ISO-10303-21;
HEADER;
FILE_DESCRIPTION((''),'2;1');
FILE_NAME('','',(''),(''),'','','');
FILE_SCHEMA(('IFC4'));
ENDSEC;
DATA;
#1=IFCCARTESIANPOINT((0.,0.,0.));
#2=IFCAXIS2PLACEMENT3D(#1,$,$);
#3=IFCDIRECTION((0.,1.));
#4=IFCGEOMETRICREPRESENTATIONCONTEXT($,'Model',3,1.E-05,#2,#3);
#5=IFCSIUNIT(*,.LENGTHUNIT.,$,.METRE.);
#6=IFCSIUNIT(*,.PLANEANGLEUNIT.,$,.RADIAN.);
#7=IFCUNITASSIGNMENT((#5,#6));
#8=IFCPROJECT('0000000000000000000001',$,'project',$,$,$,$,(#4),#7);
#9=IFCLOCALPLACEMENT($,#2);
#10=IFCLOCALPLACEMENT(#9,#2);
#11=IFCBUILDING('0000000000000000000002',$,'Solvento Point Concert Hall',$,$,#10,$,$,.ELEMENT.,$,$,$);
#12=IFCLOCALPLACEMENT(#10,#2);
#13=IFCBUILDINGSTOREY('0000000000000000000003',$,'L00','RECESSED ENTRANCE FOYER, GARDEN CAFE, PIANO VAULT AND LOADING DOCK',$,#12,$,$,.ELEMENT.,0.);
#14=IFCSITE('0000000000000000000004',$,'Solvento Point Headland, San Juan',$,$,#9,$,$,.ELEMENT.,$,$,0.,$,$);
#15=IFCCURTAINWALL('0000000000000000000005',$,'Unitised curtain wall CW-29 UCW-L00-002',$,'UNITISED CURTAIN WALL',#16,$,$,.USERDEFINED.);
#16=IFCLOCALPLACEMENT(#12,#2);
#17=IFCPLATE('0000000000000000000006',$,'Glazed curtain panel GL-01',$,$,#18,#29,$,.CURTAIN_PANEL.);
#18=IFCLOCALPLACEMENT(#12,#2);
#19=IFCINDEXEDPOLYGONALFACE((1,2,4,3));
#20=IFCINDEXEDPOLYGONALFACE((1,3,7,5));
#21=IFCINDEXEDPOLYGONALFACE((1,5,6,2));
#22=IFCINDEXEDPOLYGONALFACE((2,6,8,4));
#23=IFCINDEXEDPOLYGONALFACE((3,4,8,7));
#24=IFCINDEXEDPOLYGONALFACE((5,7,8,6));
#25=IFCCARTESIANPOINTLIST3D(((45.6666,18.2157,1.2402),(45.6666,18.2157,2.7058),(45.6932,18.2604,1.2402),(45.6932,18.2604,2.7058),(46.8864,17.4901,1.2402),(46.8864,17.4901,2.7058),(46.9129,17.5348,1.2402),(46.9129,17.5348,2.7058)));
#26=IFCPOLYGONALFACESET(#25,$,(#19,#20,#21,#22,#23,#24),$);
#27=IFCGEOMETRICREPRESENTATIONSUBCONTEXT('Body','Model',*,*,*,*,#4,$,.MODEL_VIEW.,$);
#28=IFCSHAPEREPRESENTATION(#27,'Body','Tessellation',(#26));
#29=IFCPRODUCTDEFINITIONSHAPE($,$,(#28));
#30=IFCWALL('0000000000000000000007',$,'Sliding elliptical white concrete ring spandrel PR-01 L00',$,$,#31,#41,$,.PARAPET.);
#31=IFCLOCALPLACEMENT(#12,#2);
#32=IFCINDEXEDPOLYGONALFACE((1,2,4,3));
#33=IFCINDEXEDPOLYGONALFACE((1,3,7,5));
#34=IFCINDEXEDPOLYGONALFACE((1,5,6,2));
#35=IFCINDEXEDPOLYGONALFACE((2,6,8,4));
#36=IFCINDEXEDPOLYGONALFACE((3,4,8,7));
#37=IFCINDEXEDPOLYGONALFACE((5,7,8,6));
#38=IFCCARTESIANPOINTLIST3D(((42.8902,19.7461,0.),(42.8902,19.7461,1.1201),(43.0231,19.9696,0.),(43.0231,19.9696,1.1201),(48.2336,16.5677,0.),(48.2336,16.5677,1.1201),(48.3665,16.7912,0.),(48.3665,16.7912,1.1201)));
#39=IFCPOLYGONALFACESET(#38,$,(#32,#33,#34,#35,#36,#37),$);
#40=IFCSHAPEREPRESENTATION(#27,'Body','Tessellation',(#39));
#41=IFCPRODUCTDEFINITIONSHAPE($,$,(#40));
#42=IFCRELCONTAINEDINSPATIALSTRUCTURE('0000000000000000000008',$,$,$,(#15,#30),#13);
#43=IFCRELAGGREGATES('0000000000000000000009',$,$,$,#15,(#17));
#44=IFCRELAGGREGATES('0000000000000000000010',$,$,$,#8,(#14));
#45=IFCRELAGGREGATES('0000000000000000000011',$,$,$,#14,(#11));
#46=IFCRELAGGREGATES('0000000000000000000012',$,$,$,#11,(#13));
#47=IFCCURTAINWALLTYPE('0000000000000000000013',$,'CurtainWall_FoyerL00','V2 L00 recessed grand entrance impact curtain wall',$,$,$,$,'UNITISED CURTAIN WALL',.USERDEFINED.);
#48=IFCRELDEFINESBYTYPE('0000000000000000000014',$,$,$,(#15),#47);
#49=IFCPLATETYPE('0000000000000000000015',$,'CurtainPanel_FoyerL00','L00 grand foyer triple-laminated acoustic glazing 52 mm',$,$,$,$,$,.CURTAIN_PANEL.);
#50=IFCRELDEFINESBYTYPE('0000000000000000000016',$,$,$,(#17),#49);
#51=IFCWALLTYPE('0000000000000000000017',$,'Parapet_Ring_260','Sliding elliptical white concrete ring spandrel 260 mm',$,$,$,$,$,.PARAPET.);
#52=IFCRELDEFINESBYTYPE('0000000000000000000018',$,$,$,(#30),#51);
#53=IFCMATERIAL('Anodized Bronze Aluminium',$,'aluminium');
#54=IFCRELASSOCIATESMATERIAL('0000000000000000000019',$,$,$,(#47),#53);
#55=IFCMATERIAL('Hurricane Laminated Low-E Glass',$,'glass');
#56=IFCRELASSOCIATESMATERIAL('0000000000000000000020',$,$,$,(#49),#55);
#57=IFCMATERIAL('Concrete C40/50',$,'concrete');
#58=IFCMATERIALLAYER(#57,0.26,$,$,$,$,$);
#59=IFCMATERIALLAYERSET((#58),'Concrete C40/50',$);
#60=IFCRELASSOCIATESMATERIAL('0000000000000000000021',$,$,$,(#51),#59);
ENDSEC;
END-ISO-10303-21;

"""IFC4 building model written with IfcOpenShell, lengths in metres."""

from ifc_helpers import new_model, si_unit, direction, frame, frame_2d, origin, origin_2d, place, context, subcontext, project, spatial, rectangle, extrude, material, layer, layer_set, type_object, element, aggregate, save


model = new_model("IFC4")

# Units and contexts
model_context = context("Model", 3, precision=1e-05, world=origin(), true_north=direction((0.0, 1.0)))
body_context = subcontext(model_context, "Body", "Model", "MODEL_VIEW")
ifc_project = project(units=[si_unit("LENGTHUNIT", "METRE"), si_unit("PLANEANGLEUNIT", "RADIAN")], contexts=[model_context])

# Site, building, storey
site_placement = place(None, origin())
site = spatial("IfcSite", under=ifc_project, at=site_placement, Name="Solvento Point Headland, San Juan", CompositionType="ELEMENT", RefElevation=0.0)
building_placement = place(site_placement, origin())
building = spatial("IfcBuilding", under=site, at=building_placement, Name="Solvento Point Concert Hall", CompositionType="ELEMENT")
storey_placement = place(building_placement, origin())
storey = spatial("IfcBuildingStorey", under=building, at=storey_placement, Name="L00", Description="RECESSED ENTRANCE FOYER, GARDEN CAFE, PIANO VAULT AND LOADING DOCK", CompositionType="ELEMENT", Elevation=0.0)

# Shared definitions
ifc_material_1 = material(Name="Anodized Bronze Aluminium", Category="aluminium")
curtain_wall_type = type_object("IfcCurtainWallType", Name="CurtainWall_FoyerL00", Description="V2 L00 recessed grand entrance impact curtain wall", ElementType="UNITISED CURTAIN WALL", PredefinedType="USERDEFINED", material=ifc_material_1)

# Curtain wall
curtain_wall_1_placement = place(storey_placement, origin())
curtain_wall_1 = element("IfcCurtainWall", 1, at=curtain_wall_1_placement, inside=storey, type_object=curtain_wall_type, Name="Unitised curtain wall CW-29 UCW-L00-002", ObjectType="UNITISED CURTAIN WALL", PredefinedType="USERDEFINED")

# Plate
ifc_material_2 = material(Name="Hurricane Laminated Low-E Glass", Category="glass")
plate_type = type_object("IfcPlateType", Name="CurtainPanel_FoyerL00", Description="L00 grand foyer triple-laminated acoustic glazing 52 mm", PredefinedType="CURTAIN_PANEL", material=ifc_material_2)
plate_1_placement = place(storey_placement, frame((46.2898, 17.8752, 1.2402), z_axis=(0.0, 0.0, 1.0), x_axis=(-0.859448, 0.511223, 0.0)))
plate_1 = element("IfcPlate", 2, at=plate_1_placement, type_object=plate_type, Name="Glazed curtain panel GL-01", PredefinedType="CURTAIN_PANEL", context=body_context, shape_type="SweptSolid", body=[
    extrude(rectangle(XDim=1.4192, YDim=0.052, at=origin_2d()), origin(), (0.0, 0.0, 1.0), 1.4656),
])
aggregate(curtain_wall_1, [plate_1])

# Wall
ifc_material_3 = material(Name="Concrete C40/50", Category="concrete")
ifc_layer = layer(ifc_material_3, 0.26)
ifc_layer_set = layer_set([ifc_layer], Name="Concrete C40/50")
wall_type = type_object("IfcWallType", Name="Parapet_Ring_260", Description="Sliding elliptical white concrete ring spandrel 260 mm", PredefinedType="PARAPET", material=ifc_layer_set)
wall_placement = place(storey_placement, frame((48.3, 16.6794, 0.0), z_axis=(0.0, 0.0, 1.0), x_axis=(-0.859448, 0.511224, 0.0)))
element("IfcWall", 3, at=wall_placement, inside=storey, type_object=wall_type, Name="Sliding elliptical white concrete ring spandrel PR-01 L00", PredefinedType="PARAPET", context=body_context, shape_type="SweptSolid", body=[
    extrude(rectangle(XDim=6.2173, YDim=0.26, at=frame_2d((3.1086, 0.0))), origin(), (0.0, 0.0, 1.0), 1.1201),
])

save(model, "model.ifc")
